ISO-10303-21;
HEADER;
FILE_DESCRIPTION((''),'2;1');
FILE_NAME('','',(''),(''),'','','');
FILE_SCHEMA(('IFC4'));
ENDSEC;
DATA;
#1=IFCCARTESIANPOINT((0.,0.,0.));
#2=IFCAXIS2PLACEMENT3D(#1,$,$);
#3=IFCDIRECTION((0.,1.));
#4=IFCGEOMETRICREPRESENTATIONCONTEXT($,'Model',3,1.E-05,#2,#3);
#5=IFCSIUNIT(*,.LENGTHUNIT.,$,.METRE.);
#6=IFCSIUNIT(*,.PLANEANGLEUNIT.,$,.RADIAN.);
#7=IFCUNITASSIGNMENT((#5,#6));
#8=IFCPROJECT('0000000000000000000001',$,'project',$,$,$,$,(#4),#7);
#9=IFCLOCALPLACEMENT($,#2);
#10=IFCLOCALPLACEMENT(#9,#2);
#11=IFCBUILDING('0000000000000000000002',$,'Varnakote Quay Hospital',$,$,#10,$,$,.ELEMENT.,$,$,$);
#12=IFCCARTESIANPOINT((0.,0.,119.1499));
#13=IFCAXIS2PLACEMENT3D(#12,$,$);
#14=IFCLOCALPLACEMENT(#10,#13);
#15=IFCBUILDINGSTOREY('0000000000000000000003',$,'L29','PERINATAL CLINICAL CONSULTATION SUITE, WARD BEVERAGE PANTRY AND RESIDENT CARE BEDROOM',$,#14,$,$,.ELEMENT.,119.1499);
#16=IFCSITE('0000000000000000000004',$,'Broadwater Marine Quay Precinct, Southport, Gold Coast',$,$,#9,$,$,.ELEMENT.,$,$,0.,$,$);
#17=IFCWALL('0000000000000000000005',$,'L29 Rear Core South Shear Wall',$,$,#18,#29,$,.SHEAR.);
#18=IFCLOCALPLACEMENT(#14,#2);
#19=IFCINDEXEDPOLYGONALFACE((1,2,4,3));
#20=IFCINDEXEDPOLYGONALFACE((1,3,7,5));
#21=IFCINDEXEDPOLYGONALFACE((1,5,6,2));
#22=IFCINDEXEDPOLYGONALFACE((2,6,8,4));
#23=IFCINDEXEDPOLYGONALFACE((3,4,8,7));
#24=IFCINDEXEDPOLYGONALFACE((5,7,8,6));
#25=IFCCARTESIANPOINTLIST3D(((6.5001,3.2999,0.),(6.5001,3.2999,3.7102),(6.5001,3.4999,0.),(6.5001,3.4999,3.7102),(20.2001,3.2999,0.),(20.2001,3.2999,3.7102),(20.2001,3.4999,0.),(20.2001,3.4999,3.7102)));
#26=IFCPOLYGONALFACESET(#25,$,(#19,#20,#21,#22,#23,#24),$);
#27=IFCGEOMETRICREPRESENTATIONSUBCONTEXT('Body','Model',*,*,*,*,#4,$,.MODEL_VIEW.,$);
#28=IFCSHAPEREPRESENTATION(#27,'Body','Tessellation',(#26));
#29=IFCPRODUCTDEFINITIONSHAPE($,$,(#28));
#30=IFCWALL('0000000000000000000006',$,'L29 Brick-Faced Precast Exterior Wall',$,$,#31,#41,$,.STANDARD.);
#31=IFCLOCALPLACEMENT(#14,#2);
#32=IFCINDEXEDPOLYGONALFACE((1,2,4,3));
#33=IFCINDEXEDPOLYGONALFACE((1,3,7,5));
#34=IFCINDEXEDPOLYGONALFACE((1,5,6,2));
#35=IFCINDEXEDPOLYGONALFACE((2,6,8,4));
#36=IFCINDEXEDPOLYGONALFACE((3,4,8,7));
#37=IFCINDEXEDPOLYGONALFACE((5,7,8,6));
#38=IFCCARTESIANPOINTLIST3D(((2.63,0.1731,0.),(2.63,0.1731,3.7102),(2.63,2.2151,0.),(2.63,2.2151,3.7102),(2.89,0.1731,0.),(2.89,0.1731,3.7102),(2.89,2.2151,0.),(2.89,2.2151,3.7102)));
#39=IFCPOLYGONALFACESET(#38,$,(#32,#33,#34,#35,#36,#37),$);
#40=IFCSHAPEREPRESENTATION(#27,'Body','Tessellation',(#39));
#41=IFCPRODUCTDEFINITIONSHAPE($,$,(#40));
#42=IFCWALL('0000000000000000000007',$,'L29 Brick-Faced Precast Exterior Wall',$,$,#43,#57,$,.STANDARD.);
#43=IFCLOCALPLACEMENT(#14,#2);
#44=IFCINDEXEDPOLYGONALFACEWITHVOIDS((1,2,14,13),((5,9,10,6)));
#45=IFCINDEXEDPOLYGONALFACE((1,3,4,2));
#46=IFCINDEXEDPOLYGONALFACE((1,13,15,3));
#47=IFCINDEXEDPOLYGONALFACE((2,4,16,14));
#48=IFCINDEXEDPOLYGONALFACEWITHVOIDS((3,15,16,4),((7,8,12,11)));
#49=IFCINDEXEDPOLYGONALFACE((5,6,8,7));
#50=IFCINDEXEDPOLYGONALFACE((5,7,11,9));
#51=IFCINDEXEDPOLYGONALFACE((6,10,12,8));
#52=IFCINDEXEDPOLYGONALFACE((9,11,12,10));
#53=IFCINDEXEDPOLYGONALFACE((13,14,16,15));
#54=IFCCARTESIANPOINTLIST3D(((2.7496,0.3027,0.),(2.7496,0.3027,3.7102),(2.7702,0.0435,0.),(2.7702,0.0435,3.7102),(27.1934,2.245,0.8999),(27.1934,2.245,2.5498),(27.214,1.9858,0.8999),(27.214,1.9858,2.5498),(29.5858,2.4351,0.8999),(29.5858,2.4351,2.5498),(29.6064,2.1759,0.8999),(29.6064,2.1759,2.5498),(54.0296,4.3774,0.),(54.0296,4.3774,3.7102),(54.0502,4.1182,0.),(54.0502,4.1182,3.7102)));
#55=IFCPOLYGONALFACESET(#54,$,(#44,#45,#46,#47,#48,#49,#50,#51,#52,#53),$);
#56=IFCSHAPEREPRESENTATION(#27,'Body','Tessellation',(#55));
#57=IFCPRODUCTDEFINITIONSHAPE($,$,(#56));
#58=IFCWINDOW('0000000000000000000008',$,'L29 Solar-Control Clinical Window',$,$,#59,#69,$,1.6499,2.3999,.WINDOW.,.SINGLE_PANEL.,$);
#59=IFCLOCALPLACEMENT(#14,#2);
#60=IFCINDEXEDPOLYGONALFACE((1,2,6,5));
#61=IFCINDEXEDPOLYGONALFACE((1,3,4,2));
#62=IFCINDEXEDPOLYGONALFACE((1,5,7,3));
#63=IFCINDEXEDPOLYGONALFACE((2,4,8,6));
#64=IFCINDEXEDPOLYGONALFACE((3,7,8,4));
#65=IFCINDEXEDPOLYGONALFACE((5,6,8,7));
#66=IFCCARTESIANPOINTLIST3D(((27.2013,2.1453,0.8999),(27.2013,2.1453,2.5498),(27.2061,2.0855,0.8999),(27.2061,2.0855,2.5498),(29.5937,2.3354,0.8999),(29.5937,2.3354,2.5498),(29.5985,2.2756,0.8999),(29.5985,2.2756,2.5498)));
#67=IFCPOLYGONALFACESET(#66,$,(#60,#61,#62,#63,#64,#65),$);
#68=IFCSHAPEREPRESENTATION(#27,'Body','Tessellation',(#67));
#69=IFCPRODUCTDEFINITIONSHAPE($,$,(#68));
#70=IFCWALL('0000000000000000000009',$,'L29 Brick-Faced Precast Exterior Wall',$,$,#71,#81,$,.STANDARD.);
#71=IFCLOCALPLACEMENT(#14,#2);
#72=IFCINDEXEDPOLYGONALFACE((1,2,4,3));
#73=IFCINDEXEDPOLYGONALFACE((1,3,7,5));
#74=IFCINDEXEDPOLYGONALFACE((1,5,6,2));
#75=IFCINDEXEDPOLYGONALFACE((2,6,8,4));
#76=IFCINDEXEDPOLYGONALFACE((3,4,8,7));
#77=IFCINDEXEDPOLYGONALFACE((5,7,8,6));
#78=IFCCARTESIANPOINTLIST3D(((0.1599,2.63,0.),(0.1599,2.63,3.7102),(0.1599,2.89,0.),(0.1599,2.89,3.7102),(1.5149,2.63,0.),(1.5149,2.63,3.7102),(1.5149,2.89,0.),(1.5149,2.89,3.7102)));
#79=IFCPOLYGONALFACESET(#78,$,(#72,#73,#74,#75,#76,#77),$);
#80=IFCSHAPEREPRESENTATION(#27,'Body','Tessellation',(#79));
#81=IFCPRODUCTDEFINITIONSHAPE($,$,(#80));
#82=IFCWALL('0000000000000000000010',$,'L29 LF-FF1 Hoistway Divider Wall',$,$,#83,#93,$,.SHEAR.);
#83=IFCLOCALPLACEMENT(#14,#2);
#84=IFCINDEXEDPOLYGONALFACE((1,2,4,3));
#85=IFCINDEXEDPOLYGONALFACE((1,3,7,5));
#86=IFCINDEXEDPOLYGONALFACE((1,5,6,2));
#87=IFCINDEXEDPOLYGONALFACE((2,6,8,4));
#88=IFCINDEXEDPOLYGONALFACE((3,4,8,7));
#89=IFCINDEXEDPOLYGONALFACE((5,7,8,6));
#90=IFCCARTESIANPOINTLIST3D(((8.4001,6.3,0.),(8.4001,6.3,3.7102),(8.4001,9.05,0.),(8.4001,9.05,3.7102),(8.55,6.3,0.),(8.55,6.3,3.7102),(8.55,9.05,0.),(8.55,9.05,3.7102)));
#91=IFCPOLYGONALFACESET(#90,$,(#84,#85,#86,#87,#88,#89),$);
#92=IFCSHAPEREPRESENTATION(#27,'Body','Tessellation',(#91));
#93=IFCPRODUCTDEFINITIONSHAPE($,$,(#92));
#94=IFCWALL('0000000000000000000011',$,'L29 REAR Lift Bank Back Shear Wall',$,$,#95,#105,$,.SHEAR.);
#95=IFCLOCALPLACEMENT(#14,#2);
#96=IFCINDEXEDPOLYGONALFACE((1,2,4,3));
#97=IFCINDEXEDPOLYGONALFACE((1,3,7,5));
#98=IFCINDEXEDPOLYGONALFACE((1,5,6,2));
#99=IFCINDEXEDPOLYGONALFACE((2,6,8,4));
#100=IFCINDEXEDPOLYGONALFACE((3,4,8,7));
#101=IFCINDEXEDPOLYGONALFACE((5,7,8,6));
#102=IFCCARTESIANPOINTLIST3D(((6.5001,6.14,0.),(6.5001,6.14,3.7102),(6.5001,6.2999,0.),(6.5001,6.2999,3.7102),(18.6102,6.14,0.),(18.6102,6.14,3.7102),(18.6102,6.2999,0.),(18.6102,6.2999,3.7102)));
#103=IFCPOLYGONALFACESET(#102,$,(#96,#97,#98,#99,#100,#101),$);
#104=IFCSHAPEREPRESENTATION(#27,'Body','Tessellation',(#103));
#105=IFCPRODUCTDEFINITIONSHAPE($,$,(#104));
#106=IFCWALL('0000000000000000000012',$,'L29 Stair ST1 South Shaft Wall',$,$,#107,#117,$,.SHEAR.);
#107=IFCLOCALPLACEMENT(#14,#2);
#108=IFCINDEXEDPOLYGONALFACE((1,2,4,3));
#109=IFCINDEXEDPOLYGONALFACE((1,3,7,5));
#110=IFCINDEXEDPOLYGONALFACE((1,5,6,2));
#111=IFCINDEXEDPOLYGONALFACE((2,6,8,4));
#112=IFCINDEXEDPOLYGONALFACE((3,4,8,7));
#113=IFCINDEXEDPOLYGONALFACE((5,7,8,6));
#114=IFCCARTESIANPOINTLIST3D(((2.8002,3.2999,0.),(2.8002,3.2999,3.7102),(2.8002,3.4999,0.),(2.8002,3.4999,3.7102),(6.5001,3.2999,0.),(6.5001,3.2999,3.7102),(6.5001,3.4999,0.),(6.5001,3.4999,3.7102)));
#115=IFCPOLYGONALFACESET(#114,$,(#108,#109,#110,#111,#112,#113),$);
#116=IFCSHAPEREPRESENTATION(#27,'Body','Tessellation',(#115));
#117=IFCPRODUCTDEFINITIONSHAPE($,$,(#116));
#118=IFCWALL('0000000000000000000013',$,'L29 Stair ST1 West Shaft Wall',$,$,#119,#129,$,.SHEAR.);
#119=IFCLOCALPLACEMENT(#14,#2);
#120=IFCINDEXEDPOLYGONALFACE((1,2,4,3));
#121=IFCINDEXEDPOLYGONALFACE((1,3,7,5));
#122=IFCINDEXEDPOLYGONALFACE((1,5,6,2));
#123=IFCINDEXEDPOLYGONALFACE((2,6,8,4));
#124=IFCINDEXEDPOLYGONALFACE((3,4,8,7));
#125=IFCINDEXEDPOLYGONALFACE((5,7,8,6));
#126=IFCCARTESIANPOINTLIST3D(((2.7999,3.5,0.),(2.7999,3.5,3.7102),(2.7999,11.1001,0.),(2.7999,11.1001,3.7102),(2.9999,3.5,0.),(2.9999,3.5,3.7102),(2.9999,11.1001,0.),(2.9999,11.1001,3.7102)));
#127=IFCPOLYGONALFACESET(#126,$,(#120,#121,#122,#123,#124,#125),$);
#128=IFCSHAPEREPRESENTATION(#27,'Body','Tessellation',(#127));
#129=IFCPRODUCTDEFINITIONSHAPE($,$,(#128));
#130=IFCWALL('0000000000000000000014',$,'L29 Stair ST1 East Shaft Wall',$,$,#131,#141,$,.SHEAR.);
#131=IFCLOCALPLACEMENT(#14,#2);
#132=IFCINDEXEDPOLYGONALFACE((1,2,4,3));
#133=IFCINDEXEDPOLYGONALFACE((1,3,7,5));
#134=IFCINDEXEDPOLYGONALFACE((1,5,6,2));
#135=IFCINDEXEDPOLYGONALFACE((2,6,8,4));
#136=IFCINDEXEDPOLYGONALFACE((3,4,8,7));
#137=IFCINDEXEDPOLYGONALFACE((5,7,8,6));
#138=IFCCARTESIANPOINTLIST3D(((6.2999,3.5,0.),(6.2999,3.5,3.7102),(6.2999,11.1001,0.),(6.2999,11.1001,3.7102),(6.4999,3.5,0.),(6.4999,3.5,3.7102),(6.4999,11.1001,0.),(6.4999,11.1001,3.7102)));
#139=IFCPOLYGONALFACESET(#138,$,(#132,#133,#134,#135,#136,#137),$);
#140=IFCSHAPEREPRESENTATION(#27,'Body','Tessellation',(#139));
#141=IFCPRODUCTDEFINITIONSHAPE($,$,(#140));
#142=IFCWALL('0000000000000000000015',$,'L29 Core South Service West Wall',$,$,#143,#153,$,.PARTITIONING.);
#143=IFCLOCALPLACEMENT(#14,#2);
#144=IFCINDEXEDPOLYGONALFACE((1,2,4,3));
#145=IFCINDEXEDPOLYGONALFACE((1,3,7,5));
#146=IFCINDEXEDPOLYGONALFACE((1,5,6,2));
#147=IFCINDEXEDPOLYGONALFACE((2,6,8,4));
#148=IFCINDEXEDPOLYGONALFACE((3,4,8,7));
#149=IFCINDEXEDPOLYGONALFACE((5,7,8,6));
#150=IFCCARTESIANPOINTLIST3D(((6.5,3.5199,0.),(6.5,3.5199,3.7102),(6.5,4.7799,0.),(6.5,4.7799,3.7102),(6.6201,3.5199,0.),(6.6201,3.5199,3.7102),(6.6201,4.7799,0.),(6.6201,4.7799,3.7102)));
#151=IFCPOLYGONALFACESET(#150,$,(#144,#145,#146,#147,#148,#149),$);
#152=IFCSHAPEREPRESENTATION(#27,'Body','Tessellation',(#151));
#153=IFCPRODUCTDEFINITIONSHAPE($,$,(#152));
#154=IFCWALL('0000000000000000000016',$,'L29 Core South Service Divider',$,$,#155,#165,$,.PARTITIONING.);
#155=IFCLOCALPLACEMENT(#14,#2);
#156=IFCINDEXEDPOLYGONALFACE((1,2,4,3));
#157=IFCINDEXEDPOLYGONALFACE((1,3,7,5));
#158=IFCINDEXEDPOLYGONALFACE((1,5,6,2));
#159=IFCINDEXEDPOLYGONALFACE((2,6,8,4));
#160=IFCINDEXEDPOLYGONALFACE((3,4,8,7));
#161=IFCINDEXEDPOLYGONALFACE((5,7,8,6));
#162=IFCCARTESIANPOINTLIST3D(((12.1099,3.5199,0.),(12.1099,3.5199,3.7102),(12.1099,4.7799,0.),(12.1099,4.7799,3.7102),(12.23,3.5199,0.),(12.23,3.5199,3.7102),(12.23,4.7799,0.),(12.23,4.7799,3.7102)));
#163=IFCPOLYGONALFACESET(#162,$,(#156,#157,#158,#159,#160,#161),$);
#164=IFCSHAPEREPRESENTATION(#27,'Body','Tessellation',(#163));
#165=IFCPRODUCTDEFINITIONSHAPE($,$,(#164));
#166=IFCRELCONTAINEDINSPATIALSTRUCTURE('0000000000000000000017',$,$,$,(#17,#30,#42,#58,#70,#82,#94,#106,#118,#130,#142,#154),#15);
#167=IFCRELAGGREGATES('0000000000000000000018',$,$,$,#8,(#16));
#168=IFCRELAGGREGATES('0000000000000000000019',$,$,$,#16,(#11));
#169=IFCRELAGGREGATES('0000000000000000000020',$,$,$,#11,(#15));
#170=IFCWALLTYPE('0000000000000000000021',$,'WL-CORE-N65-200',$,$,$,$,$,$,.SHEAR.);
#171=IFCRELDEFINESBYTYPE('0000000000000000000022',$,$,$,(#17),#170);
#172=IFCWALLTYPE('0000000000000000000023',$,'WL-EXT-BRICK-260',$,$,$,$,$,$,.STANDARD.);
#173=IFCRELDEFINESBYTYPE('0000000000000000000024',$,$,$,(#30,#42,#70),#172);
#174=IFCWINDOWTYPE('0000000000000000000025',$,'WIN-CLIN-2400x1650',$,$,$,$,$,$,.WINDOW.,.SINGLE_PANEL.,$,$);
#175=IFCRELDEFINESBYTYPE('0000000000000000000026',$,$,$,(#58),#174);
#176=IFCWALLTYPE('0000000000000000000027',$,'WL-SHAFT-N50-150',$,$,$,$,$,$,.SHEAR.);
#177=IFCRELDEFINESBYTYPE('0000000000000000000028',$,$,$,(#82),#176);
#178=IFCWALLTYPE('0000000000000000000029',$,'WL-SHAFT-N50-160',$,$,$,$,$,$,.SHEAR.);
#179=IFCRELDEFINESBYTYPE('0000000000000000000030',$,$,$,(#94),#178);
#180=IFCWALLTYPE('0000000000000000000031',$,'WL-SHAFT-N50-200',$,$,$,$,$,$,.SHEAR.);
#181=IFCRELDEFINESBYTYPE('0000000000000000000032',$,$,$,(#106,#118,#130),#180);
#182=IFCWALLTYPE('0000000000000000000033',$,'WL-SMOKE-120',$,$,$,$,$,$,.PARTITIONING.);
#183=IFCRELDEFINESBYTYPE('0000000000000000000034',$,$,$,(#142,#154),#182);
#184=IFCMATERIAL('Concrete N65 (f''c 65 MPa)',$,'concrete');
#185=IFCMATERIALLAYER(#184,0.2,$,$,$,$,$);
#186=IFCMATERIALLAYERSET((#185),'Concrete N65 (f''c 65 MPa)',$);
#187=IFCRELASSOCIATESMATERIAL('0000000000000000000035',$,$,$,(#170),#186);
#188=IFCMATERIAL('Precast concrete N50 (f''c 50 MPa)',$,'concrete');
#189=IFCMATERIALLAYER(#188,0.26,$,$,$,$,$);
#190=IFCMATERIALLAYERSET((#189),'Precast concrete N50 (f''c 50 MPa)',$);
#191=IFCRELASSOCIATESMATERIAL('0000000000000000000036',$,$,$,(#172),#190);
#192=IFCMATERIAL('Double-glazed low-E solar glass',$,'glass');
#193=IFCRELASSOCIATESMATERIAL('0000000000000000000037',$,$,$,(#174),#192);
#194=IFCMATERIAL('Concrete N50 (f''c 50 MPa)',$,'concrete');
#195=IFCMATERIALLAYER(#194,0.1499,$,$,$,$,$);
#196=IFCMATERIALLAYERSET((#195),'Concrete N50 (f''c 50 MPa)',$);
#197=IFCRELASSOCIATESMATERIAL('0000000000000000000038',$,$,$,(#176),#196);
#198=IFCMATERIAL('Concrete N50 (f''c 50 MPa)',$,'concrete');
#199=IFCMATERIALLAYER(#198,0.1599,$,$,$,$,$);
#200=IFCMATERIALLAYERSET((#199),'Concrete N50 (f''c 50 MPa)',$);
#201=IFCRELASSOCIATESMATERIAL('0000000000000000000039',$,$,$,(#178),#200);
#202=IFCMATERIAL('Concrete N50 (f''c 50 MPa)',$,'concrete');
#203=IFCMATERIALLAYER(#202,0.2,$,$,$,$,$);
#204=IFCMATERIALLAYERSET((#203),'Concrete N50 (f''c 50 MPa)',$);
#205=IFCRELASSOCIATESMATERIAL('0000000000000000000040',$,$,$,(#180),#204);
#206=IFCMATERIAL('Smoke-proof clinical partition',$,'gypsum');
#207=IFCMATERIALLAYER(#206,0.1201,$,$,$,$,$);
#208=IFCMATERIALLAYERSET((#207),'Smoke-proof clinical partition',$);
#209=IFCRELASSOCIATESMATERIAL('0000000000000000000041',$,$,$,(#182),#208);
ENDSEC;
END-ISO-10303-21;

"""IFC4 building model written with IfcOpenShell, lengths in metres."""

from ifc_helpers import new_model, si_unit, direction, frame, frame_2d, origin, place, context, subcontext, project, spatial, rectangle, extrude, material, layer, layer_set, type_object, element, fill, save


model = new_model("IFC4")

# Units and contexts
model_context = context("Model", 3, precision=1e-05, world=origin(), true_north=direction((0.0, 1.0)))
body_context = subcontext(model_context, "Body", "Model", "MODEL_VIEW")
ifc_project = project(units=[si_unit("LENGTHUNIT", "METRE"), si_unit("PLANEANGLEUNIT", "RADIAN")], contexts=[model_context])

# Site, building, storey
site_placement = place(None, origin())
site = spatial("IfcSite", under=ifc_project, at=site_placement, Name="Broadwater Marine Quay Precinct, Southport, Gold Coast", CompositionType="ELEMENT", RefElevation=0.0)
building_placement = place(site_placement, origin())
building = spatial("IfcBuilding", under=site, at=building_placement, Name="Varnakote Quay Hospital", CompositionType="ELEMENT")
storey_placement = place(building_placement, frame((0.0, 0.0, 119.1499)))
storey = spatial("IfcBuildingStorey", under=building, at=storey_placement, Name="L29", Description="PERINATAL CLINICAL CONSULTATION SUITE, WARD BEVERAGE PANTRY AND RESIDENT CARE BEDROOM", CompositionType="ELEMENT", Elevation=119.1499)

# Walls
ifc_material_1 = material(Name="Concrete N65 (f'c 65 MPa)", Category="concrete")
ifc_layer_1 = layer(ifc_material_1, 0.2)
ifc_layer_set_1 = layer_set([ifc_layer_1], Name="Concrete N65 (f'c 65 MPa)")
wall_type_1 = type_object("IfcWallType", Name="WL-CORE-N65-200", PredefinedType="SHEAR", material=ifc_layer_set_1)
wall_1_placement = place(storey_placement, frame((6.5, 3.3999, 0.0), z_axis=(0.0, 0.0, 1.0), x_axis=(1.0, 0.0, 0.0)))
element("IfcWall", 1, at=wall_1_placement, inside=storey, type_object=wall_type_1, Name="L29 Rear Core South Shear Wall", PredefinedType="SHEAR", context=body_context, shape_type="SweptSolid", body=[
    extrude(rectangle(XDim=13.7, YDim=0.2, at=frame_2d((6.8501, 0.0))), origin(), (0.0, 0.0, 1.0), 3.7102),
])
ifc_material_2 = material(Name="Precast concrete N50 (f'c 50 MPa)", Category="concrete")
ifc_layer_2 = layer(ifc_material_2, 0.26)
ifc_layer_set_2 = layer_set([ifc_layer_2], Name="Precast concrete N50 (f'c 50 MPa)")
wall_type_2 = type_object("IfcWallType", Name="WL-EXT-BRICK-260", PredefinedType="STANDARD", material=ifc_layer_set_2)
wall_2_placement = place(storey_placement, frame((2.76, 2.2151, 0.0), z_axis=(0.0, 0.0, 1.0), x_axis=(0.0, -1.0, 0.0)))
element("IfcWall", 2, at=wall_2_placement, inside=storey, type_object=wall_type_2, Name="L29 Brick-Faced Precast Exterior Wall", PredefinedType="STANDARD", context=body_context, shape_type="SweptSolid", body=[
    extrude(rectangle(XDim=2.042, YDim=0.26, at=frame_2d((1.021, 0.0))), origin(), (0.0, 0.0, 1.0), 3.7102),
])

# Wall, opening, window
wall_3_placement = place(storey_placement, frame((2.76, 0.1731, 0.0), z_axis=(0.0, 0.0, 1.0), x_axis=(0.996858, 0.07921, 0.0)))
wall_3 = element("IfcWall", 3, at=wall_3_placement, inside=storey, type_object=wall_type_2, Name="L29 Brick-Faced Precast Exterior Wall", PredefinedType="STANDARD", context=body_context, shape_type="SweptSolid", body=[
    extrude(rectangle(XDim=51.4417, YDim=0.26, at=frame_2d((25.7207, 0.0))), origin(), (0.0, 0.0, 1.0), 3.7102),
])
opening_1_placement = place(wall_3_placement, frame((24.5208, 0.0, 0.8999)))
opening_1 = element("IfcOpeningElement", 4, at=opening_1_placement, cuts=wall_3, PredefinedType="OPENING", context=body_context, shape_type="SweptSolid", body=[
    extrude(rectangle(XDim=2.3999, YDim=1.6499, at=frame_2d((1.2, 0.825))), frame((0.0, 0.1399, 0.0), z_axis=(0.0, -1.0, 0.0), x_axis=(1.0, 0.0, 0.0)), (0.0, 0.0, 1.0), 0.28),
])
ifc_material_3 = material(Name="Double-glazed low-E solar glass", Category="glass")
window_type = type_object("IfcWindowType", Name="WIN-CLIN-2400x1650", PartitioningType="SINGLE_PANEL", PredefinedType="WINDOW", material=ifc_material_3)
window_placement = place(opening_1_placement, origin())
window = element("IfcWindow", 5, at=window_placement, inside=storey, type_object=window_type, Name="L29 Solar-Control Clinical Window", OverallHeight=1.6499, OverallWidth=2.3999, PartitioningType="SINGLE_PANEL", PredefinedType="WINDOW", context=body_context, shape_type="SweptSolid", body=[
    extrude(rectangle(XDim=2.3999, YDim=1.6499, at=frame_2d((1.2, 0.825))), frame((0.0, 0.03, 0.0), z_axis=(0.0, -1.0, 0.0), x_axis=(1.0, 0.0, 0.0)), (0.0, 0.0, 1.0), 0.0601),
])
fill(opening_1, window)

# Walls
wall_4_placement = place(storey_placement, frame((0.1599, 2.76, 0.0), z_axis=(0.0, 0.0, 1.0), x_axis=(1.0, 0.0, 0.0)))
element("IfcWall", 6, at=wall_4_placement, inside=storey, type_object=wall_type_2, Name="L29 Brick-Faced Precast Exterior Wall", PredefinedType="STANDARD", context=body_context, shape_type="SweptSolid", body=[
    extrude(rectangle(XDim=1.355, YDim=0.26, at=frame_2d((0.6775, 0.0))), origin(), (0.0, 0.0, 1.0), 3.7102),
])
ifc_material_4 = material(Name="Concrete N50 (f'c 50 MPa)", Category="concrete")
ifc_layer_3 = layer(ifc_material_4, 0.1499)
ifc_layer_set_3 = layer_set([ifc_layer_3], Name="Concrete N50 (f'c 50 MPa)")
wall_type_3 = type_object("IfcWallType", Name="WL-SHAFT-N50-150", PredefinedType="SHEAR", material=ifc_layer_set_3)
wall_5_placement = place(storey_placement, frame((8.4751, 6.3, 0.0), z_axis=(0.0, 0.0, 1.0), x_axis=(0.0, 1.0, 0.0)))
element("IfcWall", 7, at=wall_5_placement, inside=storey, type_object=wall_type_3, Name="L29 LF-FF1 Hoistway Divider Wall", PredefinedType="SHEAR", context=body_context, shape_type="SweptSolid", body=[
    extrude(rectangle(XDim=2.75, YDim=0.1499, at=frame_2d((1.375, 0.0))), origin(), (0.0, 0.0, 1.0), 3.7102),
])
ifc_material_5 = material(Name="Concrete N50 (f'c 50 MPa)", Category="concrete")
ifc_layer_4 = layer(ifc_material_5, 0.1599)
ifc_layer_set_4 = layer_set([ifc_layer_4], Name="Concrete N50 (f'c 50 MPa)")
wall_type_4 = type_object("IfcWallType", Name="WL-SHAFT-N50-160", PredefinedType="SHEAR", material=ifc_layer_set_4)
wall_6_placement = place(storey_placement, frame((6.5, 6.22, 0.0), z_axis=(0.0, 0.0, 1.0), x_axis=(1.0, 0.0, 0.0)))
element("IfcWall", 8, at=wall_6_placement, inside=storey, type_object=wall_type_4, Name="L29 REAR Lift Bank Back Shear Wall", PredefinedType="SHEAR", context=body_context, shape_type="SweptSolid", body=[
    extrude(rectangle(XDim=12.1101, YDim=0.1599, at=frame_2d((6.0552, 0.0))), origin(), (0.0, 0.0, 1.0), 3.7102),
])
ifc_material_6 = material(Name="Concrete N50 (f'c 50 MPa)", Category="concrete")
ifc_layer_5 = layer(ifc_material_6, 0.2)
ifc_layer_set_5 = layer_set([ifc_layer_5], Name="Concrete N50 (f'c 50 MPa)")
wall_type_5 = type_object("IfcWallType", Name="WL-SHAFT-N50-200", PredefinedType="SHEAR", material=ifc_layer_set_5)
wall_7_placement = place(storey_placement, frame((2.8, 3.3999, 0.0), z_axis=(0.0, 0.0, 1.0), x_axis=(1.0, 0.0, 0.0)))
element("IfcWall", 9, at=wall_7_placement, inside=storey, type_object=wall_type_5, Name="L29 Stair ST1 South Shaft Wall", PredefinedType="SHEAR", context=body_context, shape_type="SweptSolid", body=[
    extrude(rectangle(XDim=3.7, YDim=0.2, at=frame_2d((1.8501, 0.0))), origin(), (0.0, 0.0, 1.0), 3.7102),
])
for number, where, z_axis, x_axis, name in (
    (10, (2.8999, 3.5, 0.0), (0.0, 0.0, 1.0), (0.0, 1.0, 0.0), "L29 Stair ST1 West Shaft Wall"),
    (11, (6.3999, 3.5, 0.0), (0.0, 0.0, 1.0), (0.0, 1.0, 0.0), "L29 Stair ST1 East Shaft Wall"),
):
    element("IfcWall", number, at=place(storey_placement, frame(where, z_axis=z_axis, x_axis=x_axis)), inside=storey, type_object=wall_type_5, Name=name, PredefinedType="SHEAR", context=body_context, shape_type="SweptSolid", body=[
        extrude(rectangle(XDim=7.6001, YDim=0.2, at=frame_2d((3.8, 0.0))), origin(), (0.0, 0.0, 1.0), 3.7102),
    ])
ifc_material_7 = material(Name="Smoke-proof clinical partition", Category="gypsum")
ifc_layer_6 = layer(ifc_material_7, 0.1201)
ifc_layer_set_6 = layer_set([ifc_layer_6], Name="Smoke-proof clinical partition")
wall_type_6 = type_object("IfcWallType", Name="WL-SMOKE-120", PredefinedType="PARTITIONING", material=ifc_layer_set_6)
for number, where, z_axis, x_axis, name in (
    (12, (6.5601, 3.52, 0.0), (0.0, 0.0, 1.0), (0.0, 1.0, 0.0), "L29 Core South Service West Wall"),
    (13, (12.1699, 3.52, 0.0), (0.0, 0.0, 1.0), (0.0, 1.0, 0.0), "L29 Core South Service Divider"),
):
    element("IfcWall", number, at=place(storey_placement, frame(where, z_axis=z_axis, x_axis=x_axis)), inside=storey, type_object=wall_type_6, Name=name, PredefinedType="PARTITIONING", context=body_context, shape_type="SweptSolid", body=[
        extrude(rectangle(XDim=1.26, YDim=0.1201, at=frame_2d((0.6299, 0.0))), origin(), (0.0, 0.0, 1.0), 3.7102),
    ])

save(model, "model.ifc")
